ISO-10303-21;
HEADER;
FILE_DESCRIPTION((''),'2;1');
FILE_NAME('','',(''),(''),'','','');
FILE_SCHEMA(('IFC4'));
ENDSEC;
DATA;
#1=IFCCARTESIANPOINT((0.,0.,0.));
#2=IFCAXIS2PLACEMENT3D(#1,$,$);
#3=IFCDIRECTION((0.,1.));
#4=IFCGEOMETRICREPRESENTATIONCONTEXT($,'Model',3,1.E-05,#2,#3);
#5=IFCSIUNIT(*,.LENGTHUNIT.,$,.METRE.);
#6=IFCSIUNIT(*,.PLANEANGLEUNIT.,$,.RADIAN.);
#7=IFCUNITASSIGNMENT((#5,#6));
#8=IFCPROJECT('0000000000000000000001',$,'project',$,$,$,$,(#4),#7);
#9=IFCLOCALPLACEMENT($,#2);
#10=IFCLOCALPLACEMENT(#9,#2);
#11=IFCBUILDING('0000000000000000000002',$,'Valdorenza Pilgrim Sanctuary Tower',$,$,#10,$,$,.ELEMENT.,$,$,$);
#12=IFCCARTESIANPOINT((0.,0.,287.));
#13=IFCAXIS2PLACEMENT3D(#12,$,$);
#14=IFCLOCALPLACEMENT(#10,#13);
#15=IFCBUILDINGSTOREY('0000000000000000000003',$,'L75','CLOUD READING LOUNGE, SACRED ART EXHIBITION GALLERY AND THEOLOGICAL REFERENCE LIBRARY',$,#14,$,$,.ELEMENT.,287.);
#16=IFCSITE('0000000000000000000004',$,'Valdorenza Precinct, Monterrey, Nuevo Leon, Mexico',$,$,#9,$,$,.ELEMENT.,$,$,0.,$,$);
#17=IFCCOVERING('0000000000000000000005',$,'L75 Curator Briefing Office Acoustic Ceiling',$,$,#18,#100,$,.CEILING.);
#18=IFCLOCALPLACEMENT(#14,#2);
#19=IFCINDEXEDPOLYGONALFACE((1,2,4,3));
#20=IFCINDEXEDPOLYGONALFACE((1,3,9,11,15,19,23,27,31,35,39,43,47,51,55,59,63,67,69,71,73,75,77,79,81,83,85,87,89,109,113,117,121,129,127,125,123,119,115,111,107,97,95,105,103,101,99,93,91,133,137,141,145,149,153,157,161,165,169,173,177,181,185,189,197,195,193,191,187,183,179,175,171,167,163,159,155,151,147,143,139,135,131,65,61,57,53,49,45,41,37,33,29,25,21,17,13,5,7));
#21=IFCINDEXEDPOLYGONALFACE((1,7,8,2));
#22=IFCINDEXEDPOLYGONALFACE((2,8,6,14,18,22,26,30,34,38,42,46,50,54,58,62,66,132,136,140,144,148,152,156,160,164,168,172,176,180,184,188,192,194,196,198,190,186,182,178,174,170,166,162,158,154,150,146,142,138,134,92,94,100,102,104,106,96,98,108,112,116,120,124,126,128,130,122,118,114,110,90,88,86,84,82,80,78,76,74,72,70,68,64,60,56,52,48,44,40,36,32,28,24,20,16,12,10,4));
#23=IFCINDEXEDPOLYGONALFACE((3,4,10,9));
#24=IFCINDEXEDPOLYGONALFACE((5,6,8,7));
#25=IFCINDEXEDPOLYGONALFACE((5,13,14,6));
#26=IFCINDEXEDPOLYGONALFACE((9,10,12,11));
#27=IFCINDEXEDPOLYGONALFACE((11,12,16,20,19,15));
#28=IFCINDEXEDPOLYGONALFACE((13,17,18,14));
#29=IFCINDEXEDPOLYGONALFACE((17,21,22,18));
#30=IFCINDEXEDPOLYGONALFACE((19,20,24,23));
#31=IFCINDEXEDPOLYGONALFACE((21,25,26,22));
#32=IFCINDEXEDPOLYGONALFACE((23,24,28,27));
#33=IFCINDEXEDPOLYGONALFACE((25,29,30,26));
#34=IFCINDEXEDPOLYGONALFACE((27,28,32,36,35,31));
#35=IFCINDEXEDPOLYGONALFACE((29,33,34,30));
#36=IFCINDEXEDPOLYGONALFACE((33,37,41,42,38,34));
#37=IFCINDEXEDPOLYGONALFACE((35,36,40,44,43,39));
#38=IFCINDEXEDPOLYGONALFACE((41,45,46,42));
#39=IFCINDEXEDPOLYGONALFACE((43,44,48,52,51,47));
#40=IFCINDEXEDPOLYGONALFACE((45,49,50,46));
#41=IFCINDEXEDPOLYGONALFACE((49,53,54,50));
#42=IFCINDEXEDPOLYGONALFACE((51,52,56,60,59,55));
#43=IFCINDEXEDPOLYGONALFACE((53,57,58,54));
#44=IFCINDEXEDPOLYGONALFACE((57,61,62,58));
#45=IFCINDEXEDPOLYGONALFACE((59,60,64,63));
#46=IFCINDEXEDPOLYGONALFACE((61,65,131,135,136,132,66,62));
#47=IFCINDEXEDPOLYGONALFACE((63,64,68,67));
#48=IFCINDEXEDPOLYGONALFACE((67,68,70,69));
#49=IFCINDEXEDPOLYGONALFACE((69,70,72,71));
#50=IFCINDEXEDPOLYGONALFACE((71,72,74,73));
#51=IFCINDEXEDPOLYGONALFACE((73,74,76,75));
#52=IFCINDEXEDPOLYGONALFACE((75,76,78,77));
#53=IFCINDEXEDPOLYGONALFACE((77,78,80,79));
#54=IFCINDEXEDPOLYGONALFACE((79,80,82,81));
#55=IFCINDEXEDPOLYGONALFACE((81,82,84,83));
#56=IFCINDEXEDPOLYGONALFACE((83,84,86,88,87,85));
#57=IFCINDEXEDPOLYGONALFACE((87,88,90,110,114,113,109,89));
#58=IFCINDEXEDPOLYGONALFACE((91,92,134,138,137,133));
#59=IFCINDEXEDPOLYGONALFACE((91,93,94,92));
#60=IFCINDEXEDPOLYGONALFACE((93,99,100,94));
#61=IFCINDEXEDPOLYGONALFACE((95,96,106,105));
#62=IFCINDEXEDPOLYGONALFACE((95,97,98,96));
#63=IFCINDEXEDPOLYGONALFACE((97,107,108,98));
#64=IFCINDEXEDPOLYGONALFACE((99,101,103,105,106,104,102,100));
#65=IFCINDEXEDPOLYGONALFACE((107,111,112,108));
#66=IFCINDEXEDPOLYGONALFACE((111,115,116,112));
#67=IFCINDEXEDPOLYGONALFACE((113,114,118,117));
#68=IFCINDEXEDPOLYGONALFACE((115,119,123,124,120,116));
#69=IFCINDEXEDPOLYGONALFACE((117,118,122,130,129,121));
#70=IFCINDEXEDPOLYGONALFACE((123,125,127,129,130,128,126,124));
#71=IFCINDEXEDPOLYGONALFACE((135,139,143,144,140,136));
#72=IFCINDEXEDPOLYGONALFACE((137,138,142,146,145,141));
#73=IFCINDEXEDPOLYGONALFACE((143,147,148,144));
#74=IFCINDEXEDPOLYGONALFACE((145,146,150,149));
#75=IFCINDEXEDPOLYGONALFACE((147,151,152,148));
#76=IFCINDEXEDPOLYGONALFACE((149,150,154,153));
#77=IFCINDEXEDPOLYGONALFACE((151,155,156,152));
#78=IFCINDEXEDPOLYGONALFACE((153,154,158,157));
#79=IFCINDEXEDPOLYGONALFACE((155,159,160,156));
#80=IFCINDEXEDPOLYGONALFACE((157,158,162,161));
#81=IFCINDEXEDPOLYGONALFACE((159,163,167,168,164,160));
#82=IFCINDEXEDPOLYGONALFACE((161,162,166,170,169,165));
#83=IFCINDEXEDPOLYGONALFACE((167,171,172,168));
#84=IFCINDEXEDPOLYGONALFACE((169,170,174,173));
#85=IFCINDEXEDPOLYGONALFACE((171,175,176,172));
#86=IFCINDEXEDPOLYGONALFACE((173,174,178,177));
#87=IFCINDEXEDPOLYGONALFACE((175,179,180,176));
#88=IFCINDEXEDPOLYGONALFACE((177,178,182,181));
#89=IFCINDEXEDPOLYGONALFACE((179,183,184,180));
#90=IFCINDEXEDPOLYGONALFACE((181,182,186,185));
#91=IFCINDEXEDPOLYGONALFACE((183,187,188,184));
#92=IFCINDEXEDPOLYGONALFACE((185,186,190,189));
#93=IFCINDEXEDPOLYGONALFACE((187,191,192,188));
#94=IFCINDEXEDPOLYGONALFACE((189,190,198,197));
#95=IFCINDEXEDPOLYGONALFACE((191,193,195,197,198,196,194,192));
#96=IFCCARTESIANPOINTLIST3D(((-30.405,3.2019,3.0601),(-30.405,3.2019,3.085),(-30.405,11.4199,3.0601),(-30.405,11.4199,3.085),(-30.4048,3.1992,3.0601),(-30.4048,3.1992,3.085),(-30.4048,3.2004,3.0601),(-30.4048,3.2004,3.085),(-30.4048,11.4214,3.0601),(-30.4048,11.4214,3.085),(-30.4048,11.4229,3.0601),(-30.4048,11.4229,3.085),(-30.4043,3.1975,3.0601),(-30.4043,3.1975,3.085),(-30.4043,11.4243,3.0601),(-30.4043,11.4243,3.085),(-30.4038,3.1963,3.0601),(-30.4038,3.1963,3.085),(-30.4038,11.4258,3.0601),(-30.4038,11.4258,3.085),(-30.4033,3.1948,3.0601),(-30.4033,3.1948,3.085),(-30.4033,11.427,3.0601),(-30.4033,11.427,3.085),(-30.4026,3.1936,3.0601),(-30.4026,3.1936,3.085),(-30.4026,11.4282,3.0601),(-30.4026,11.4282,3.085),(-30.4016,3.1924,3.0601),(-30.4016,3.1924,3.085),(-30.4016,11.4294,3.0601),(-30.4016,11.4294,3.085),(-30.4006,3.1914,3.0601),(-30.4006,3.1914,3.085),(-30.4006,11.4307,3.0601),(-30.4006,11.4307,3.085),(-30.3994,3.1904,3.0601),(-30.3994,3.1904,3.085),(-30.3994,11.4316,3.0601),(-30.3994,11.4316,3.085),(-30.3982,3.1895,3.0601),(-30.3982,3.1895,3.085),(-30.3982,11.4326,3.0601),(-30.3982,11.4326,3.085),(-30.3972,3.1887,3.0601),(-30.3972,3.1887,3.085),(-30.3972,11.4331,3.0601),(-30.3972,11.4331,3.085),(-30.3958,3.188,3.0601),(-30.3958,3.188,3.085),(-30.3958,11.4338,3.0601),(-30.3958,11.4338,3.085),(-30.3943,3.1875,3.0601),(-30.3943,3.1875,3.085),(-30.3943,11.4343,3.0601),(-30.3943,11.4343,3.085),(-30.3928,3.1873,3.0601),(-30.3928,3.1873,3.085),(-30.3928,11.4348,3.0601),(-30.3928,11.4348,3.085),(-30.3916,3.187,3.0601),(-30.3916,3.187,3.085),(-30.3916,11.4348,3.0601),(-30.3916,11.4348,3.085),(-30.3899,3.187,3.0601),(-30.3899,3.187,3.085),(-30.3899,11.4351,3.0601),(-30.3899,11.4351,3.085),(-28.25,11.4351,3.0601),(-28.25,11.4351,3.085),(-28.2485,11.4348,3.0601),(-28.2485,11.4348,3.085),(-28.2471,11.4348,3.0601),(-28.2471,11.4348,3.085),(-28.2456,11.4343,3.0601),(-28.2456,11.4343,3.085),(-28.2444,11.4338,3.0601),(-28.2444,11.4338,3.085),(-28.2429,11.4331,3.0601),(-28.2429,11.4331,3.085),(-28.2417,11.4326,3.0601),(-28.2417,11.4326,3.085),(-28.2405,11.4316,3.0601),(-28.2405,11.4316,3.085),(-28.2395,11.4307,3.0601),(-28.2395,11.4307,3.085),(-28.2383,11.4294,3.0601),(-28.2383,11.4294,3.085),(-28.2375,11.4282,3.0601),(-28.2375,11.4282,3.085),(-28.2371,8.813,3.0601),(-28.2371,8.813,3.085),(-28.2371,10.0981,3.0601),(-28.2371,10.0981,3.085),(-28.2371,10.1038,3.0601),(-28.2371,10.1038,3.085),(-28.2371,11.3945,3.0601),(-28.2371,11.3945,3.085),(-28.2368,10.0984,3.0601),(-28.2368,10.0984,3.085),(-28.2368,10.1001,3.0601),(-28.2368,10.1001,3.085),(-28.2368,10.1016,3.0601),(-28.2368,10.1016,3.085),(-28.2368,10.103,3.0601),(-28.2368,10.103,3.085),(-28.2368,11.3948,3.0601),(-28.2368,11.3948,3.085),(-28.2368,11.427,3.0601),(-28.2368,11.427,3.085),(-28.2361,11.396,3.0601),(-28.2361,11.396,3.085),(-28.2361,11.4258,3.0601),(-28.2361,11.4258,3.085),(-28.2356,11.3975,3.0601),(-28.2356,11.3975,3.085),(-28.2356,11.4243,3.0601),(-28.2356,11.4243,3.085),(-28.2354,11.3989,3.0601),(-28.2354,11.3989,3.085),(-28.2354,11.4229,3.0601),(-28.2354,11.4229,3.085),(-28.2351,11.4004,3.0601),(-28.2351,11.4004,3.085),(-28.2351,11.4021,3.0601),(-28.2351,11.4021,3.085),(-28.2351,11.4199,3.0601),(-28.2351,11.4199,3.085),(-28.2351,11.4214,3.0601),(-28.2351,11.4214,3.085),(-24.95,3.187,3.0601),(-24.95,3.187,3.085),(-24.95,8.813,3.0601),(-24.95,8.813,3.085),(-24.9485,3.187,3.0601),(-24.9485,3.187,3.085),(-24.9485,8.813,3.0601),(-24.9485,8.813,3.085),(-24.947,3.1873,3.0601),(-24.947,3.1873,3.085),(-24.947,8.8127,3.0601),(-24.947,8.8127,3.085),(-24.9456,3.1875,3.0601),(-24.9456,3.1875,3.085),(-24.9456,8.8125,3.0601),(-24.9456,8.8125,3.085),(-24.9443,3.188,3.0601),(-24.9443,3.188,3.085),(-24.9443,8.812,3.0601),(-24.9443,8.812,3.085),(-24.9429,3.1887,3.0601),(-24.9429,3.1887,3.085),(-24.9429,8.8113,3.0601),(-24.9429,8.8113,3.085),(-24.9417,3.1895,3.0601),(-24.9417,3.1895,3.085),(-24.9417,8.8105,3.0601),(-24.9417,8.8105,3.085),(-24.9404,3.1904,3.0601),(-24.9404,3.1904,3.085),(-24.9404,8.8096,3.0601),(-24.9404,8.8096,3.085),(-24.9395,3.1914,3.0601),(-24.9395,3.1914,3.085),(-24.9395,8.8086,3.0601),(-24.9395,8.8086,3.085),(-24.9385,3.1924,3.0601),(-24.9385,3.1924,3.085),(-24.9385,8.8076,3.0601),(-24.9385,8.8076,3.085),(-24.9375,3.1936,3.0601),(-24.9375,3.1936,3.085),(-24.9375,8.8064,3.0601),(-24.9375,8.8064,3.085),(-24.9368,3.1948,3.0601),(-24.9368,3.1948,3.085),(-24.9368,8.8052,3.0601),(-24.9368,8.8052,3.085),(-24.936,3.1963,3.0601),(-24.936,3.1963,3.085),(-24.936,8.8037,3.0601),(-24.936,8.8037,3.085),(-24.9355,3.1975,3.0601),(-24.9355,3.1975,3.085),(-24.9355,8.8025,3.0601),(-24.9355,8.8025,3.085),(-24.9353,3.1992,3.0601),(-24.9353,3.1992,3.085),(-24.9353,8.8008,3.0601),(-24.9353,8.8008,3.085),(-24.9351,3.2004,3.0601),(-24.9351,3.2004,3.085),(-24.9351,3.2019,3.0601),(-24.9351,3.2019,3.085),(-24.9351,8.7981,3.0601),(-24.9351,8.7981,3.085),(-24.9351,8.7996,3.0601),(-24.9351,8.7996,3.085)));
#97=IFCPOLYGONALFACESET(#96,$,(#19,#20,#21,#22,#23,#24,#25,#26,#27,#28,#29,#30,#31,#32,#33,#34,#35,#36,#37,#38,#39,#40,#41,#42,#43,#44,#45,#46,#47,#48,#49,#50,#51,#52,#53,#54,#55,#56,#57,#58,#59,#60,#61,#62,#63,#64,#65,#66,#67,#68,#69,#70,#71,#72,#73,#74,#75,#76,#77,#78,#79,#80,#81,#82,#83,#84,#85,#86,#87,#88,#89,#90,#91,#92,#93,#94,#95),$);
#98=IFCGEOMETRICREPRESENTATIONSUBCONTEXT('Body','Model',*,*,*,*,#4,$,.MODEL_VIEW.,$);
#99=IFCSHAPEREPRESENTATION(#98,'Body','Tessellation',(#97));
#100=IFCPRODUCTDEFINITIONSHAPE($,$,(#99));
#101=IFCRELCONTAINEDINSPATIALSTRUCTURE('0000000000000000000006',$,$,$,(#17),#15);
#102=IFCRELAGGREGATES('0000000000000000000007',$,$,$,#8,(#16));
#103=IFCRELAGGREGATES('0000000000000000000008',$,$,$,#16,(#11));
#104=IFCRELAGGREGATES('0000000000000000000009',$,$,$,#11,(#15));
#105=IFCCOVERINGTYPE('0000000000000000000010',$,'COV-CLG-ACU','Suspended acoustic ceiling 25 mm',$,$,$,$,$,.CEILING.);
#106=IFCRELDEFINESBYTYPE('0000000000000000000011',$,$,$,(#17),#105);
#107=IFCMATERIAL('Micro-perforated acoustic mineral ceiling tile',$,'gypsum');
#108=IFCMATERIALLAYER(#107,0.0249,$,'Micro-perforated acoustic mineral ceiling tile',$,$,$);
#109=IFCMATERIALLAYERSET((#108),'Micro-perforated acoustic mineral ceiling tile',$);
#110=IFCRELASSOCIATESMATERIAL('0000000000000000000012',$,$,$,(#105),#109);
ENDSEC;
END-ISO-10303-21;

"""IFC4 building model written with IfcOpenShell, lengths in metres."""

from ifc_helpers import new_model, si_unit, direction, frame, origin, place, context, subcontext, project, spatial, polyline, outline, extrude, material, layer, layer_set, type_object, element, save


model = new_model("IFC4")

# Units and contexts
model_context = context("Model", 3, precision=1e-05, world=origin(), true_north=direction((0.0, 1.0)))
body_context = subcontext(model_context, "Body", "Model", "MODEL_VIEW")
ifc_project = project(units=[si_unit("LENGTHUNIT", "METRE"), si_unit("PLANEANGLEUNIT", "RADIAN")], contexts=[model_context])

# Site, building, storey
site_placement = place(None, origin())
site = spatial("IfcSite", under=ifc_project, at=site_placement, Name="Valdorenza Precinct, Monterrey, Nuevo Leon, Mexico", CompositionType="ELEMENT", RefElevation=0.0)
building_placement = place(site_placement, origin())
building = spatial("IfcBuilding", under=site, at=building_placement, Name="Valdorenza Pilgrim Sanctuary Tower", CompositionType="ELEMENT")
storey_placement = place(building_placement, frame((0.0, 0.0, 287.0)))
storey = spatial("IfcBuildingStorey", under=building, at=storey_placement, Name="L75", Description="CLOUD READING LOUNGE, SACRED ART EXHIBITION GALLERY AND THEOLOGICAL REFERENCE LIBRARY", CompositionType="ELEMENT", Elevation=287.0)

# Covering
ifc_material_1 = material(Name="Micro-perforated acoustic mineral ceiling tile", Category="gypsum")
ifc_layer_1 = layer(ifc_material_1, 0.0249, Name="Micro-perforated acoustic mineral ceiling tile")
ifc_layer_set_1 = layer_set([ifc_layer_1], Name="Micro-perforated acoustic mineral ceiling tile")
covering_type_1 = type_object("IfcCoveringType", Name="COV-CLG-ACU", Description="Suspended acoustic ceiling 25 mm", PredefinedType="CEILING", material=ifc_layer_set_1)
covering_1_placement = place(storey_placement, frame((0.0, 0.0, 3.0601)))
element("IfcCovering", 1, at=covering_1_placement, inside=storey, type_object=covering_type_1, Name="L75 Curator Briefing Office Acoustic Ceiling", PredefinedType="CEILING", context=body_context, shape_type="SweptSolid", body=[
    extrude(outline(polyline([(-28.2371, 8.813), (-24.95, 8.813), (-24.9485, 8.813), (-24.947, 8.8127), (-24.9456, 8.8125), (-24.9443, 8.812), (-24.9429, 8.8113), (-24.9417, 8.8105), (-24.9404, 8.8096), (-24.9395, 8.8086), (-24.9385, 8.8076), (-24.9375, 8.8064), (-24.9368, 8.8052), (-24.936, 8.8037), (-24.9355, 8.8025), (-24.9353, 8.8008), (-24.9351, 8.7996), (-24.9351, 8.7981), (-24.9351, 3.2019), (-24.9351, 3.2004), (-24.9353, 3.1992), (-24.9355, 3.1975), (-24.936, 3.1963), (-24.9368, 3.1948), (-24.9375, 3.1936), (-24.9385, 3.1924), (-24.9395, 3.1914), (-24.9404, 3.1904), (-24.9417, 3.1895), (-24.9429, 3.1887), (-24.9443, 3.188), (-24.9456, 3.1875), (-24.947, 3.1873), (-24.9485, 3.187), (-24.95, 3.187), (-30.3899, 3.187), (-30.3916, 3.187), (-30.3928, 3.1873), (-30.3943, 3.1875), (-30.3958, 3.188), (-30.3972, 3.1887), (-30.3982, 3.1895), (-30.3994, 3.1904), (-30.4006, 3.1914), (-30.4016, 3.1924), (-30.4026, 3.1936), (-30.4033, 3.1948), (-30.4038, 3.1963), (-30.4043, 3.1975), (-30.4048, 3.1992), (-30.4048, 3.2004), (-30.405, 3.2019), (-30.405, 11.4199), (-30.4048, 11.4214), (-30.4048, 11.4229), (-30.4043, 11.4243), (-30.4038, 11.4258), (-30.4033, 11.427), (-30.4026, 11.4282), (-30.4016, 11.4294), (-30.4006, 11.4307), (-30.3994, 11.4316), (-30.3982, 11.4326), (-30.3972, 11.4331), (-30.3958, 11.4338), (-30.3943, 11.4343), (-30.3928, 11.4348), (-30.3916, 11.4348), (-30.3899, 11.4351), (-28.25, 11.4351), (-28.2485, 11.4348), (-28.2471, 11.4348), (-28.2456, 11.4343), (-28.2444, 11.4338), (-28.2429, 11.4331), (-28.2417, 11.4326), (-28.2405, 11.4316), (-28.2395, 11.4307), (-28.2383, 11.4294), (-28.2375, 11.4282), (-28.2368, 11.427), (-28.2361, 11.4258), (-28.2356, 11.4243), (-28.2354, 11.4229), (-28.2351, 11.4214), (-28.2351, 11.4199), (-28.2351, 11.4021), (-28.2351, 11.4004), (-28.2354, 11.3989), (-28.2356, 11.3975), (-28.2361, 11.396), (-28.2368, 11.3948), (-28.2371, 11.3945), (-28.2371, 10.1038), (-28.2368, 10.103), (-28.2368, 10.1016), (-28.2368, 10.1001), (-28.2368, 10.0984), (-28.2371, 10.0981), (-28.2371, 8.813)])), origin(), (0.0, 0.0, 1.0), 0.0249),
])

save(model, "model.ifc")
